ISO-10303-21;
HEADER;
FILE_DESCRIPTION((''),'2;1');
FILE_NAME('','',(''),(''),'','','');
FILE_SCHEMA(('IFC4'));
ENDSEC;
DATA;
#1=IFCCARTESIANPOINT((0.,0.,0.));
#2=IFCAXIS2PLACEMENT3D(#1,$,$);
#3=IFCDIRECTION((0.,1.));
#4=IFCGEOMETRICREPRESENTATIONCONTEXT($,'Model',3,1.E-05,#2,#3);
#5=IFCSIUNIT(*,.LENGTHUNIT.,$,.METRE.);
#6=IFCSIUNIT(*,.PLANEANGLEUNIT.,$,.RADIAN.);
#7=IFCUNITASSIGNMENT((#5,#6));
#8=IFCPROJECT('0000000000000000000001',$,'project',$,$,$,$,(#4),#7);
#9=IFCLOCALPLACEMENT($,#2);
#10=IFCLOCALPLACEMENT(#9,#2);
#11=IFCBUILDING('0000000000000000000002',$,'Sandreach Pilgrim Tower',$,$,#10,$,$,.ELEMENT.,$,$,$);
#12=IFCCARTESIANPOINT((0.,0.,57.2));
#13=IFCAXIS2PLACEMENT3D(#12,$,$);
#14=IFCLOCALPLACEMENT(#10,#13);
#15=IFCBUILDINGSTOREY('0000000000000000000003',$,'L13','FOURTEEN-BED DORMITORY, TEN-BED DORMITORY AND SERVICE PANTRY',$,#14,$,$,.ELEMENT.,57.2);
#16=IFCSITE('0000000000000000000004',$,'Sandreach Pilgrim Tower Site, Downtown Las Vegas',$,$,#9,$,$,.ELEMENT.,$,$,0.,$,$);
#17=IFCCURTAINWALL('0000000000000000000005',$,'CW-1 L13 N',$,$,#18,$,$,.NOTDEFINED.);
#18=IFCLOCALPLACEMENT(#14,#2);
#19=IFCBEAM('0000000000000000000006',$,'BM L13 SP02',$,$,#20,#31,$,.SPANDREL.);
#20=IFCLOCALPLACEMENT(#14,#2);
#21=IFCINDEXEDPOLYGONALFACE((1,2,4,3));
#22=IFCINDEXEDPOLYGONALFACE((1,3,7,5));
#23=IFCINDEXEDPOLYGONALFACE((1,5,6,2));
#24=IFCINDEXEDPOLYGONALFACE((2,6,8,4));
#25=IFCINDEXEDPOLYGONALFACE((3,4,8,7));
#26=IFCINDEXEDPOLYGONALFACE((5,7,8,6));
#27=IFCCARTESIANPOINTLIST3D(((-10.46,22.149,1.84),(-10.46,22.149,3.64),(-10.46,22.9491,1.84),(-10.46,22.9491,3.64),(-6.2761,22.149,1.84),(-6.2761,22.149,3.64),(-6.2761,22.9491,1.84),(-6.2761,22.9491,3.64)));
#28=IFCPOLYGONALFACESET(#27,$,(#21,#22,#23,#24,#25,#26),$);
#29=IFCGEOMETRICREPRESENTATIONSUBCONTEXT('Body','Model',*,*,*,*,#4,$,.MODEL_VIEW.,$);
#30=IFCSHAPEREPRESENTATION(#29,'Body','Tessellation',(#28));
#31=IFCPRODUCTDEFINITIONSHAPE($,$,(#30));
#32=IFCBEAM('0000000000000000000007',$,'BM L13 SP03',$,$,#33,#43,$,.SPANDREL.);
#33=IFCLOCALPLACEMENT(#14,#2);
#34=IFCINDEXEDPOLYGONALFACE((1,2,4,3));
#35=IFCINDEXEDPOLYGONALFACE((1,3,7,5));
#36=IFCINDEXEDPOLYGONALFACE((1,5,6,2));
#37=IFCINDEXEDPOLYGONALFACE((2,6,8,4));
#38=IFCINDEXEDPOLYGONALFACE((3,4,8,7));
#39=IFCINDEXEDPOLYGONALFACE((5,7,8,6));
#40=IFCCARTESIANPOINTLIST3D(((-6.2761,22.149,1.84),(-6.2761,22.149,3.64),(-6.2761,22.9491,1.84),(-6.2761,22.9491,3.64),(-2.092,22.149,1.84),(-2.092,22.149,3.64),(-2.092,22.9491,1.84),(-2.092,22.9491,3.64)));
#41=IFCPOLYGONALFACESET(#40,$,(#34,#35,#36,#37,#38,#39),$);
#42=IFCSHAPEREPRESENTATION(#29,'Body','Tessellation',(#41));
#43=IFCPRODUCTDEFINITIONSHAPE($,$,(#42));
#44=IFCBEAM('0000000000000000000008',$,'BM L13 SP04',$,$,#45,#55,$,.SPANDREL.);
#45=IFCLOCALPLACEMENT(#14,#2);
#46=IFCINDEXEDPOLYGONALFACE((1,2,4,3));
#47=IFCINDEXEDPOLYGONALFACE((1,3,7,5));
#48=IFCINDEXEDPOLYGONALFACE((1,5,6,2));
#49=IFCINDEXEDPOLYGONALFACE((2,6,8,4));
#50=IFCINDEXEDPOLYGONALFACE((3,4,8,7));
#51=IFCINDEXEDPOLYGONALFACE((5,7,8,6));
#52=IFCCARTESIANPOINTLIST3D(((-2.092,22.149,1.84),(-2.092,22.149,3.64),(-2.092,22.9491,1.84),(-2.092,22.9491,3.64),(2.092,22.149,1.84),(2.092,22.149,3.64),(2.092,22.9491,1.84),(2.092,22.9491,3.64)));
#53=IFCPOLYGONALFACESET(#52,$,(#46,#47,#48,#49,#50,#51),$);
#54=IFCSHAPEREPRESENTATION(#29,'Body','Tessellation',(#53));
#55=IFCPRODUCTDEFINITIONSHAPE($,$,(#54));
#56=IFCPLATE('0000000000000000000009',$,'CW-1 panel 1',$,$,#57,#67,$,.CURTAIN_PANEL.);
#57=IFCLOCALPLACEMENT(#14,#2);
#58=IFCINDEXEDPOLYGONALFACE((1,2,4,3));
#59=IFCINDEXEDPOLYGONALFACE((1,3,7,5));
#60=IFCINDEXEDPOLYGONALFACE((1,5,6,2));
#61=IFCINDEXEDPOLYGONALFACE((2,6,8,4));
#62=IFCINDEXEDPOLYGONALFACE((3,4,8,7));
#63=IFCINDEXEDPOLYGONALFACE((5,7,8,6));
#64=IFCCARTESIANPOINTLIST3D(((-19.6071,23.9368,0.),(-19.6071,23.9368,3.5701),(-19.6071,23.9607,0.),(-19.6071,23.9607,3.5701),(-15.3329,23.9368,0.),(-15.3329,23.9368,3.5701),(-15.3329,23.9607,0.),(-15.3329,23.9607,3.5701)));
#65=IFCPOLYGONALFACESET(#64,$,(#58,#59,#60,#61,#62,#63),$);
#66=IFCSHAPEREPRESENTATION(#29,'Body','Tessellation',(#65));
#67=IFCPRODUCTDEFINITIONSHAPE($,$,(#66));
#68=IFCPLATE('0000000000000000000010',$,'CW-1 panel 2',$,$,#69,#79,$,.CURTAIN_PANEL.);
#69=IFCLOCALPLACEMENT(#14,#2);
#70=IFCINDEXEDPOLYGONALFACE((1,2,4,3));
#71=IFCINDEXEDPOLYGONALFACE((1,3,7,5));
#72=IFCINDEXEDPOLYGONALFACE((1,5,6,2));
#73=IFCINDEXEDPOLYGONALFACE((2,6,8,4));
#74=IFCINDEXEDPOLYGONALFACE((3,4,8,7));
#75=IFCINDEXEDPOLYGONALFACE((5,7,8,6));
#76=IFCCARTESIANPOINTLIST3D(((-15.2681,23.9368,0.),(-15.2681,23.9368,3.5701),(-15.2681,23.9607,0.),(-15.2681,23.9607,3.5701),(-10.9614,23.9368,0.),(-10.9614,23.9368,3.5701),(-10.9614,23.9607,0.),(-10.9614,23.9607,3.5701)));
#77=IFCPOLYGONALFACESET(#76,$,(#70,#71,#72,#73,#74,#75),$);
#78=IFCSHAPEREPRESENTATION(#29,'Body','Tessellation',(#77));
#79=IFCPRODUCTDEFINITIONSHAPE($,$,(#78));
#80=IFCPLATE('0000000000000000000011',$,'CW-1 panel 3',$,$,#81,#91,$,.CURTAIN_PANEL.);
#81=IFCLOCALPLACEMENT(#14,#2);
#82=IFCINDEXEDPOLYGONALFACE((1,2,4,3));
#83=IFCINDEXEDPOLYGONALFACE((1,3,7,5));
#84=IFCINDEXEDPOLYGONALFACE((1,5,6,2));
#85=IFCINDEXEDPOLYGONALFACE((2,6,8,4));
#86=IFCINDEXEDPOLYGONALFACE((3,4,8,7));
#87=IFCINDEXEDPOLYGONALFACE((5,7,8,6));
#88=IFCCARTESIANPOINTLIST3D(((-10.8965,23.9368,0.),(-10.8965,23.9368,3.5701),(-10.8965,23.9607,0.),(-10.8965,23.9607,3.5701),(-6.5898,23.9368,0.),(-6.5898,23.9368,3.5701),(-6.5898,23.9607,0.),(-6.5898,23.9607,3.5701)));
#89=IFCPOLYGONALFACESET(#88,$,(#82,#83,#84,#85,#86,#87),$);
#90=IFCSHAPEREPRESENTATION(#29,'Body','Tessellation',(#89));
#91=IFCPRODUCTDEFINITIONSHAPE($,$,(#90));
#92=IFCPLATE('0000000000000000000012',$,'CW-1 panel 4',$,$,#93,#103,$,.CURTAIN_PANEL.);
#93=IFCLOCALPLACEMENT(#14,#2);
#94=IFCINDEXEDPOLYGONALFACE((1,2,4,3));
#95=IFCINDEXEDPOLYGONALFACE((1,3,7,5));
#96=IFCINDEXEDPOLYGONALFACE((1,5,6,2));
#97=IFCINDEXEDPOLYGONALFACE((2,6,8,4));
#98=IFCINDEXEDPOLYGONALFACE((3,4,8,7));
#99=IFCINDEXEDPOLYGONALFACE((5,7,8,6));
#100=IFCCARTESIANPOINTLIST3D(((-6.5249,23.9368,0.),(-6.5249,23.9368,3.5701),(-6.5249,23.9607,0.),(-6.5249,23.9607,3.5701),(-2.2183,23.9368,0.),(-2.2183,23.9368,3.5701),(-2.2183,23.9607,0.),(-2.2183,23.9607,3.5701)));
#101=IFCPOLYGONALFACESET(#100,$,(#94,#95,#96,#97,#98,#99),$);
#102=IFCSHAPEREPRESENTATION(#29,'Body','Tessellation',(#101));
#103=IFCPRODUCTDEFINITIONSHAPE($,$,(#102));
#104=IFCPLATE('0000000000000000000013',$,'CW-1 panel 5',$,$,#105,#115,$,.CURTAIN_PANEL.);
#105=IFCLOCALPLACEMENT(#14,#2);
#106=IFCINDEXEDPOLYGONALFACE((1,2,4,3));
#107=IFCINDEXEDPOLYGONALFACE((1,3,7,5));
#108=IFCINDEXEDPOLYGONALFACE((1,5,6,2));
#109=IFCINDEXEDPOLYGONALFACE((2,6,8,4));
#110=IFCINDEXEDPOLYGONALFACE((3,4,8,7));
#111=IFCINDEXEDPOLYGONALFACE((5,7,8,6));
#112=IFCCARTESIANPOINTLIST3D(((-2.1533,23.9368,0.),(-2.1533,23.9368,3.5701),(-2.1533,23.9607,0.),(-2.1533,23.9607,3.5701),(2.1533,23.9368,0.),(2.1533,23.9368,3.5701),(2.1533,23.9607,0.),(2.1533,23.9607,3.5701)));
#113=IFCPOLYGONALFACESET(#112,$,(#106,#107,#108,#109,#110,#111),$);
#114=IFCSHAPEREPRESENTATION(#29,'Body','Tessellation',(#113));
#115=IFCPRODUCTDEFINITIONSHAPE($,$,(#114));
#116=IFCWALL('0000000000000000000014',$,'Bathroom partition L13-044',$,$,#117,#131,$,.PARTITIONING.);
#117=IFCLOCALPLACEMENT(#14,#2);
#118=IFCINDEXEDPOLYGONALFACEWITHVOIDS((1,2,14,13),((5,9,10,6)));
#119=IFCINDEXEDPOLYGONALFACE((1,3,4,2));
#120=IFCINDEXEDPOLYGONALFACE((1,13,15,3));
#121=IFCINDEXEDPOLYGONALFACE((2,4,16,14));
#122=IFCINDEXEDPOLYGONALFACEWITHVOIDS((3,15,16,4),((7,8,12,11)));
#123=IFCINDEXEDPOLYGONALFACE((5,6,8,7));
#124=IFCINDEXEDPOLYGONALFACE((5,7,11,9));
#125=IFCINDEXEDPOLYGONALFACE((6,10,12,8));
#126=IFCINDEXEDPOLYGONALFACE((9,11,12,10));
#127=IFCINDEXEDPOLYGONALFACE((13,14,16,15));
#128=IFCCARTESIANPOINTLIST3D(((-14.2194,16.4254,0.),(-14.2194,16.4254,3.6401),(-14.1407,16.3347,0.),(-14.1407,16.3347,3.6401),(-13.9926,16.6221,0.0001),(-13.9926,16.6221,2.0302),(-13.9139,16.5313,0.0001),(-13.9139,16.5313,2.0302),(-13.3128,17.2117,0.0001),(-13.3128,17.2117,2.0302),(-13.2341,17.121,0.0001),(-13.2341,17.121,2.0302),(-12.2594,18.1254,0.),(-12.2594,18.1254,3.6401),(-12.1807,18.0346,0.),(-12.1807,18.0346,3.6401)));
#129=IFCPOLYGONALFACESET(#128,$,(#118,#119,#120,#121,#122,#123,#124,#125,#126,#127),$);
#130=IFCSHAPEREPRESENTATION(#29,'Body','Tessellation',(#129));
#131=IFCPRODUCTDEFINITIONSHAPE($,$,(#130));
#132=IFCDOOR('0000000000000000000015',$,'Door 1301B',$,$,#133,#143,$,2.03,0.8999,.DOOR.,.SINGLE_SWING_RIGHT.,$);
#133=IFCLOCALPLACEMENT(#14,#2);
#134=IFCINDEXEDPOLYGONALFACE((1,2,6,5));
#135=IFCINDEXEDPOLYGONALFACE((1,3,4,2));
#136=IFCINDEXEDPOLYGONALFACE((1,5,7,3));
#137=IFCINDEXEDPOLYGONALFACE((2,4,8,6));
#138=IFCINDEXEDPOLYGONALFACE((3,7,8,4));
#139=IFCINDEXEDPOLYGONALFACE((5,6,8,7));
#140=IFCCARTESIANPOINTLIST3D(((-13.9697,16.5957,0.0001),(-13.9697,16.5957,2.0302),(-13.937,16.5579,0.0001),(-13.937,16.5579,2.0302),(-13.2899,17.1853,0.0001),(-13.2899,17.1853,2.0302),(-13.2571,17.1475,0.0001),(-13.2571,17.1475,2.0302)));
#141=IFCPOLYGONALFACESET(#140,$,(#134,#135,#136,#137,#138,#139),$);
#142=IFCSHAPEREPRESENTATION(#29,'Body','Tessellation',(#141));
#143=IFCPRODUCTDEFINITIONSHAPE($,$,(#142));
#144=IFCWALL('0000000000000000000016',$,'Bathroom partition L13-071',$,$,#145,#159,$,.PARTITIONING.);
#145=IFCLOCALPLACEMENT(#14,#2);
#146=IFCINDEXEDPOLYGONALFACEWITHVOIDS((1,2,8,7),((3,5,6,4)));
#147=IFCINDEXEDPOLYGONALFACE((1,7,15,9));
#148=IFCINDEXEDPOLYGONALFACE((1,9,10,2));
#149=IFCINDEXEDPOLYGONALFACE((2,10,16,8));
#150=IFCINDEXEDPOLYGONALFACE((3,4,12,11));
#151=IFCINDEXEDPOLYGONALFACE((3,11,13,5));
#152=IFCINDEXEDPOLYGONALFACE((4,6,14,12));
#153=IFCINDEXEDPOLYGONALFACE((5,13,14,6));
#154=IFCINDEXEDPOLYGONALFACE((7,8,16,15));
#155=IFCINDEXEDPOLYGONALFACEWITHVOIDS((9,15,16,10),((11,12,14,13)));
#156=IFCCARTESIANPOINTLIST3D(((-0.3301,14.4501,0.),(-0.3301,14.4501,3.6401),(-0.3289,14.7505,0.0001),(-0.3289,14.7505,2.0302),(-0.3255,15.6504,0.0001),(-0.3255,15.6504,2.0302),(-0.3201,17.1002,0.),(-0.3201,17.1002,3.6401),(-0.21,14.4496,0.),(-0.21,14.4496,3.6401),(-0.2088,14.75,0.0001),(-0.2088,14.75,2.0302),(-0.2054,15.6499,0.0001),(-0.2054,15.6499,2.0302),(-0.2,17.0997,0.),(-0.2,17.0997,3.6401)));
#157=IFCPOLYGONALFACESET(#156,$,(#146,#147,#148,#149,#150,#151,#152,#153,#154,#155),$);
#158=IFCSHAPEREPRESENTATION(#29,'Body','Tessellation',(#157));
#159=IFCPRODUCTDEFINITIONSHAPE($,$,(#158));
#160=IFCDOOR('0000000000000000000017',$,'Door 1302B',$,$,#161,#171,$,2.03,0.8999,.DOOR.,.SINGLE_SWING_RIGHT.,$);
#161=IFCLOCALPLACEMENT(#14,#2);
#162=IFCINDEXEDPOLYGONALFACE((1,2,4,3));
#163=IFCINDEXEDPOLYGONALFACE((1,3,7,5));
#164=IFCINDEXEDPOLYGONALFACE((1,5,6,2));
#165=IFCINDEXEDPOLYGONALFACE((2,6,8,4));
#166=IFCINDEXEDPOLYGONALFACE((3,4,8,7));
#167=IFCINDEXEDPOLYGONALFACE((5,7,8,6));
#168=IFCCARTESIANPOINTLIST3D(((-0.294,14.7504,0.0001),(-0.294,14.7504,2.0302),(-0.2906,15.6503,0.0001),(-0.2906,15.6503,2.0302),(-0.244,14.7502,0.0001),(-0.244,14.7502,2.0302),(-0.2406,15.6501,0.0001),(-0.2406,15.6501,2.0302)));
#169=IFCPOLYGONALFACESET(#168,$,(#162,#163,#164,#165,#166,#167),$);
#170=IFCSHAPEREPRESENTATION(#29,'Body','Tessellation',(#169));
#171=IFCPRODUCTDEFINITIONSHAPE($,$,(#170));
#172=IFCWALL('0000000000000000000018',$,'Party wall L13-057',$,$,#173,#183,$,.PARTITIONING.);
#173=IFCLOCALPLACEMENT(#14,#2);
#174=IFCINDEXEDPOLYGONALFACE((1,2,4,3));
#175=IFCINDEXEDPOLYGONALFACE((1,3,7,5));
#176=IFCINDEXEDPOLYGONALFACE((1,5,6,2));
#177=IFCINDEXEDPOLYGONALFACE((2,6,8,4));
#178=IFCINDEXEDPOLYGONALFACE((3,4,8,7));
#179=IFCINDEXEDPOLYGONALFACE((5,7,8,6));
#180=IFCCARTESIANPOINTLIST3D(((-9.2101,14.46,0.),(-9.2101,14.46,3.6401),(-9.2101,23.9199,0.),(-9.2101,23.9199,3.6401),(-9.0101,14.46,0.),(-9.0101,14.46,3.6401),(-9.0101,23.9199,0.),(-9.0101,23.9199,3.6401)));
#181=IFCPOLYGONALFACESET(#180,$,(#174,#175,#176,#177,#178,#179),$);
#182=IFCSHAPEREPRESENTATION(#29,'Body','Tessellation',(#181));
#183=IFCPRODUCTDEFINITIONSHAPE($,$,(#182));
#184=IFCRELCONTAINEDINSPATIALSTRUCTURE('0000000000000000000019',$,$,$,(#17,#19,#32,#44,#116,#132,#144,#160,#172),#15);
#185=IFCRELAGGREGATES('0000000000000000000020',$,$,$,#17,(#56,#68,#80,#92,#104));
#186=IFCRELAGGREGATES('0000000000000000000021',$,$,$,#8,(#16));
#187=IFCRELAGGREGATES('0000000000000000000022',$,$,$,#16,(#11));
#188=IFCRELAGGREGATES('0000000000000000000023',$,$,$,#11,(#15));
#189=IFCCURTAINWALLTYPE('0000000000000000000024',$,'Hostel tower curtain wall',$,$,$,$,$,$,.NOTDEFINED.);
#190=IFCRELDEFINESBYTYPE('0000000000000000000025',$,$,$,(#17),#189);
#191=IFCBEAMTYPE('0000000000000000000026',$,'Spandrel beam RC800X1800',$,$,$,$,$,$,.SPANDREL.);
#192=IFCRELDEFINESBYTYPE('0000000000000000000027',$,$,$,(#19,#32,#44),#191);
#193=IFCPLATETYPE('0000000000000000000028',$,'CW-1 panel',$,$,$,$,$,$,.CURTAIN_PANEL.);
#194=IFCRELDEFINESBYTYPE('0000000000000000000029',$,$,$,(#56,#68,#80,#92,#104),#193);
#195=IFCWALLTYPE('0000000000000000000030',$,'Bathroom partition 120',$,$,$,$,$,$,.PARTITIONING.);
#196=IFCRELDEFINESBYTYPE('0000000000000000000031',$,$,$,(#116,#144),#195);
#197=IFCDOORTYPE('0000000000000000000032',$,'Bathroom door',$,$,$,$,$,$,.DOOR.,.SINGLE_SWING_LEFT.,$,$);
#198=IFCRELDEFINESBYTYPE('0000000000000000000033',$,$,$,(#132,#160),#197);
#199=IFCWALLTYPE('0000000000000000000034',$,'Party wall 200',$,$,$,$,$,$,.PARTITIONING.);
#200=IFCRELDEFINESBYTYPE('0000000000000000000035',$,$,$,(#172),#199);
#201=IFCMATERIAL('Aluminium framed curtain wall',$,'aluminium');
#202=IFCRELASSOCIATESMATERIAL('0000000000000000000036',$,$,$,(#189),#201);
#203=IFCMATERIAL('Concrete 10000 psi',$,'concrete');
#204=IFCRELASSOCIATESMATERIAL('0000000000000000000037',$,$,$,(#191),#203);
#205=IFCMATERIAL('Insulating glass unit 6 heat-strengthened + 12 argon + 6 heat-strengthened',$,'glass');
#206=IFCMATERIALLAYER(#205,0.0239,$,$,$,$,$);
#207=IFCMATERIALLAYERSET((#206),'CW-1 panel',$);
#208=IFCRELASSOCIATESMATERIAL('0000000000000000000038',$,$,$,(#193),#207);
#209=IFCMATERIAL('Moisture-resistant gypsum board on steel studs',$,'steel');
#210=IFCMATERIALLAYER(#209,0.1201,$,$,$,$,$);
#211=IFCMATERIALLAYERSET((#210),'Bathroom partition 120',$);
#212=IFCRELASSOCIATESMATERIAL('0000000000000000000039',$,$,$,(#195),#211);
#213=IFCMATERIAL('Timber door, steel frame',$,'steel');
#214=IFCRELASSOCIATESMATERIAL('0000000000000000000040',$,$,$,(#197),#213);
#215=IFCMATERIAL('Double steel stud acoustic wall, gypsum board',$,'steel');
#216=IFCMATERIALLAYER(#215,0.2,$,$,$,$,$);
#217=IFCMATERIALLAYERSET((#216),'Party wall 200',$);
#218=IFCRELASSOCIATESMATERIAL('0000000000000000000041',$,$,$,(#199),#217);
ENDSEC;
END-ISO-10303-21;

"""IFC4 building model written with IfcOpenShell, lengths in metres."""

from ifc_helpers import new_model, si_unit, direction, frame, frame_2d, origin, origin_2d, place, context, subcontext, project, spatial, rectangle, extrude, material, layer, layer_set, material_profile, profile_set, type_object, element, fill, aggregate, save


model = new_model("IFC4")

# Units and contexts
model_context = context("Model", 3, precision=1e-05, world=origin(), true_north=direction((0.0, 1.0)))
body_context = subcontext(model_context, "Body", "Model", "MODEL_VIEW")
ifc_project = project(units=[si_unit("LENGTHUNIT", "METRE"), si_unit("PLANEANGLEUNIT", "RADIAN")], contexts=[model_context])

# Site, building, storey
site_placement = place(None, origin())
site = spatial("IfcSite", under=ifc_project, at=site_placement, Name="Sandreach Pilgrim Tower Site, Downtown Las Vegas", CompositionType="ELEMENT", RefElevation=0.0)
building_placement = place(site_placement, origin())
building = spatial("IfcBuilding", under=site, at=building_placement, Name="Sandreach Pilgrim Tower", CompositionType="ELEMENT")
storey_placement = place(building_placement, frame((0.0, 0.0, 57.2)))
storey = spatial("IfcBuildingStorey", under=building, at=storey_placement, Name="L13", Description="FOURTEEN-BED DORMITORY, TEN-BED DORMITORY AND SERVICE PANTRY", CompositionType="ELEMENT", Elevation=57.2)

# Curtain wall
ifc_material_1 = material(Name="Aluminium framed curtain wall", Category="aluminium")
curtain_wall_type = type_object("IfcCurtainWallType", Name="Hostel tower curtain wall", PredefinedType="NOTDEFINED", material=ifc_material_1)
curtain_wall_placement = place(storey_placement, origin())
curtain_wall = element("IfcCurtainWall", 1, at=curtain_wall_placement, inside=storey, type_object=curtain_wall_type, Name="CW-1 L13 N", PredefinedType="NOTDEFINED")

# Beams
ifc_material_2 = material(Name="Concrete 10000 psi", Category="concrete")
ifc_material_profile_1 = material_profile(ifc_material_2, rectangle(XDim=0.8, YDim=1.8, at=origin_2d()), Name="RC800X1800")
ifc_profile_set_1 = profile_set([ifc_material_profile_1], Name="Concrete 10000 psi")
beam_type_1 = type_object("IfcBeamType", Name="Spandrel beam RC800X1800", PredefinedType="SPANDREL", material=ifc_profile_set_1)
beam_1_placement = place(storey_placement, frame((-10.46, 22.5491, 2.74), z_axis=(1.0, 0.0, 0.0), x_axis=(0.0, 1.0, 0.0)))
element("IfcBeam", 2, at=beam_1_placement, inside=storey, type_object=beam_type_1, Name="BM L13 SP02", PredefinedType="SPANDREL", context=body_context, shape_type="SweptSolid", body=[
    extrude(rectangle(XDim=0.8, YDim=1.8, at=origin_2d()), origin(), (0.0, 0.0, 1.0), 4.1838),
])
for number, where, z_axis, x_axis, name in (
    (3, (-6.2761, 22.5491, 2.74), (1.0, 0.0, 0.0), (0.0, 1.0, 0.0), "BM L13 SP03"),
    (4, (-2.092, 22.5491, 2.74), (1.0, 0.0, 0.0), (0.0, 1.0, 0.0), "BM L13 SP04"),
):
    element("IfcBeam", number, at=place(storey_placement, frame(where, z_axis=z_axis, x_axis=x_axis)), inside=storey, type_object=beam_type_1, Name=name, PredefinedType="SPANDREL", context=body_context, shape_type="SweptSolid", body=[
        extrude(rectangle(XDim=0.8, YDim=1.8, at=origin_2d()), origin(), (0.0, 0.0, 1.0), 4.1841),
    ])

# Plates
ifc_material_3 = material(Name="Insulating glass unit 6 heat-strengthened + 12 argon + 6 heat-strengthened", Category="glass")
ifc_layer_1 = layer(ifc_material_3, 0.0239)
ifc_layer_set_1 = layer_set([ifc_layer_1], Name="CW-1 panel")
plate_type = type_object("IfcPlateType", Name="CW-1 panel", PredefinedType="CURTAIN_PANEL", material=ifc_layer_set_1)
plate_1_placement = place(storey_placement, frame((-17.47, 23.9487, 0.0), z_axis=(0.0, 0.0, 1.0), x_axis=(1.0, 0.0, 0.0)))
plate_1 = element("IfcPlate", 5, at=plate_1_placement, type_object=plate_type, Name="CW-1 panel 1", PredefinedType="CURTAIN_PANEL", context=body_context, shape_type="SweptSolid", body=[
    extrude(rectangle(XDim=4.2742, YDim=0.0239, at=origin_2d()), origin(), (0.0, 0.0, 1.0), 3.5701),
])
plate_2_placement = place(storey_placement, frame((-13.1147, 23.9487, 0.0), z_axis=(0.0, 0.0, 1.0), x_axis=(1.0, 0.0, 0.0)))
plate_2 = element("IfcPlate", 6, at=plate_2_placement, type_object=plate_type, Name="CW-1 panel 2", PredefinedType="CURTAIN_PANEL", context=body_context, shape_type="SweptSolid", body=[
    extrude(rectangle(XDim=4.3066, YDim=0.0239, at=origin_2d()), origin(), (0.0, 0.0, 1.0), 3.5701),
])
plate_3_placement = place(storey_placement, frame((-8.7432, 23.9487, 0.0), z_axis=(0.0, 0.0, 1.0), x_axis=(1.0, 0.0, 0.0)))
plate_3 = element("IfcPlate", 7, at=plate_3_placement, type_object=plate_type, Name="CW-1 panel 3", PredefinedType="CURTAIN_PANEL", context=body_context, shape_type="SweptSolid", body=[
    extrude(rectangle(XDim=4.3066, YDim=0.0239, at=origin_2d()), origin(), (0.0, 0.0, 1.0), 3.5701),
])
plate_4_placement = place(storey_placement, frame((-4.3716, 23.9487, 0.0), z_axis=(0.0, 0.0, 1.0), x_axis=(1.0, 0.0, 0.0)))
plate_4 = element("IfcPlate", 8, at=plate_4_placement, type_object=plate_type, Name="CW-1 panel 4", PredefinedType="CURTAIN_PANEL", context=body_context, shape_type="SweptSolid", body=[
    extrude(rectangle(XDim=4.3066, YDim=0.0239, at=origin_2d()), origin(), (0.0, 0.0, 1.0), 3.5701),
])
plate_5_placement = place(storey_placement, frame((0.0, 23.9487, 0.0), z_axis=(0.0, 0.0, 1.0), x_axis=(1.0, 0.0, 0.0)))
plate_5 = element("IfcPlate", 9, at=plate_5_placement, type_object=plate_type, Name="CW-1 panel 5", PredefinedType="CURTAIN_PANEL", context=body_context, shape_type="SweptSolid", body=[
    extrude(rectangle(XDim=4.3066, YDim=0.0239, at=origin_2d()), origin(), (0.0, 0.0, 1.0), 3.5701),
])
aggregate(curtain_wall, [plate_1, plate_2, plate_3, plate_4, plate_5])

# Walls, openings, doors
ifc_material_4 = material(Name="Moisture-resistant gypsum board on steel studs", Category="steel")
ifc_layer_2 = layer(ifc_material_4, 0.1201)
ifc_layer_set_2 = layer_set([ifc_layer_2], Name="Bathroom partition 120")
wall_type_1 = type_object("IfcWallType", Name="Bathroom partition 120", PredefinedType="PARTITIONING", material=ifc_layer_set_2)
wall_1_placement = place(storey_placement, frame((-12.22, 18.0801, 0.0), z_axis=(0.0, 0.0, 1.0), x_axis=(-0.755438, -0.655221, 0.0)))
wall_1 = element("IfcWall", 10, at=wall_1_placement, inside=storey, type_object=wall_type_1, Name="Bathroom partition L13-044", PredefinedType="PARTITIONING", context=body_context, shape_type="SweptSolid", body=[
    extrude(rectangle(XDim=2.5945, YDim=0.1201, at=frame_2d((1.2974, 0.0))), origin(), (0.0, 0.0, 1.0), 3.6401),
])
opening_1_placement = place(wall_1_placement, frame((1.3945, 0.0, 0.0)))
opening_1 = element("IfcOpeningElement", 11, at=opening_1_placement, cuts=wall_1, PredefinedType="OPENING", context=body_context, shape_type="SweptSolid", body=[
    extrude(rectangle(XDim=0.8999, YDim=2.03, at=frame_2d((0.45, 1.0151))), frame((0.0, 0.0601, 0.0), z_axis=(0.0, -1.0, 0.0), x_axis=(1.0, 0.0, 0.0)), (0.0, 0.0, 1.0), 0.1201),
])
ifc_material_5 = material(Name="Timber door, steel frame", Category="steel")
door_type = type_object("IfcDoorType", Name="Bathroom door", OperationType="SINGLE_SWING_LEFT", PredefinedType="DOOR", material=ifc_material_5)
door_1_placement = place(opening_1_placement, origin())
door_1 = element("IfcDoor", 12, at=door_1_placement, inside=storey, type_object=door_type, Name="Door 1301B", OperationType="SINGLE_SWING_RIGHT", OverallHeight=2.03, OverallWidth=0.8999, PredefinedType="DOOR", context=body_context, shape_type="SweptSolid", body=[
    extrude(rectangle(XDim=0.8999, YDim=2.03, at=frame_2d((0.45, 1.0151))), frame((0.0, 0.0249, 0.0), z_axis=(0.0, -1.0, 0.0), x_axis=(1.0, 0.0, 0.0)), (0.0, 0.0, 1.0), 0.05),
])
fill(opening_1, door_1)
wall_2_placement = place(storey_placement, frame((-0.26, 17.1001, 0.0), z_axis=(0.0, 0.0, 1.0), x_axis=(-0.003777, -0.999993, 0.0)))
wall_2 = element("IfcWall", 13, at=wall_2_placement, inside=storey, type_object=wall_type_1, Name="Bathroom partition L13-071", PredefinedType="PARTITIONING", context=body_context, shape_type="SweptSolid", body=[
    extrude(rectangle(XDim=2.6501, YDim=0.1201, at=frame_2d((1.3252, 0.0))), origin(), (0.0, 0.0, 1.0), 3.6401),
])
opening_2_placement = place(wall_2_placement, frame((1.45, 0.0, 0.0)))
opening_2 = element("IfcOpeningElement", 14, at=opening_2_placement, cuts=wall_2, PredefinedType="OPENING", context=body_context, shape_type="SweptSolid", body=[
    extrude(rectangle(XDim=0.8999, YDim=2.03, at=frame_2d((0.45, 1.0151))), frame((0.0, 0.0601, 0.0), z_axis=(0.0, -1.0, 0.0), x_axis=(1.0, 0.0, 0.0)), (0.0, 0.0, 1.0), 0.1201),
])
door_2_placement = place(opening_2_placement, origin())
door_2 = element("IfcDoor", 15, at=door_2_placement, inside=storey, type_object=door_type, Name="Door 1302B", OperationType="SINGLE_SWING_RIGHT", OverallHeight=2.03, OverallWidth=0.8999, PredefinedType="DOOR", context=body_context, shape_type="SweptSolid", body=[
    extrude(rectangle(XDim=0.8999, YDim=2.03, at=frame_2d((0.45, 1.0151))), frame((0.0, 0.0249, 0.0), z_axis=(0.0, -1.0, 0.0), x_axis=(1.0, 0.0, 0.0)), (0.0, 0.0, 1.0), 0.05),
])
fill(opening_2, door_2)

# Wall
ifc_material_6 = material(Name="Double steel stud acoustic wall, gypsum board", Category="steel")
ifc_layer_3 = layer(ifc_material_6, 0.2)
ifc_layer_set_3 = layer_set([ifc_layer_3], Name="Party wall 200")
wall_type_2 = type_object("IfcWallType", Name="Party wall 200", PredefinedType="PARTITIONING", material=ifc_layer_set_3)
wall_3_placement = place(storey_placement, frame((-9.1101, 23.9199, 0.0), z_axis=(0.0, 0.0, 1.0), x_axis=(0.0, -1.0, 0.0)))
element("IfcWall", 16, at=wall_3_placement, inside=storey, type_object=wall_type_2, Name="Party wall L13-057", PredefinedType="PARTITIONING", context=body_context, shape_type="SweptSolid", body=[
    extrude(rectangle(XDim=9.46, YDim=0.2, at=frame_2d((4.73, 0.0))), origin(), (0.0, 0.0, 1.0), 3.6401),
])

save(model, "model.ifc")
